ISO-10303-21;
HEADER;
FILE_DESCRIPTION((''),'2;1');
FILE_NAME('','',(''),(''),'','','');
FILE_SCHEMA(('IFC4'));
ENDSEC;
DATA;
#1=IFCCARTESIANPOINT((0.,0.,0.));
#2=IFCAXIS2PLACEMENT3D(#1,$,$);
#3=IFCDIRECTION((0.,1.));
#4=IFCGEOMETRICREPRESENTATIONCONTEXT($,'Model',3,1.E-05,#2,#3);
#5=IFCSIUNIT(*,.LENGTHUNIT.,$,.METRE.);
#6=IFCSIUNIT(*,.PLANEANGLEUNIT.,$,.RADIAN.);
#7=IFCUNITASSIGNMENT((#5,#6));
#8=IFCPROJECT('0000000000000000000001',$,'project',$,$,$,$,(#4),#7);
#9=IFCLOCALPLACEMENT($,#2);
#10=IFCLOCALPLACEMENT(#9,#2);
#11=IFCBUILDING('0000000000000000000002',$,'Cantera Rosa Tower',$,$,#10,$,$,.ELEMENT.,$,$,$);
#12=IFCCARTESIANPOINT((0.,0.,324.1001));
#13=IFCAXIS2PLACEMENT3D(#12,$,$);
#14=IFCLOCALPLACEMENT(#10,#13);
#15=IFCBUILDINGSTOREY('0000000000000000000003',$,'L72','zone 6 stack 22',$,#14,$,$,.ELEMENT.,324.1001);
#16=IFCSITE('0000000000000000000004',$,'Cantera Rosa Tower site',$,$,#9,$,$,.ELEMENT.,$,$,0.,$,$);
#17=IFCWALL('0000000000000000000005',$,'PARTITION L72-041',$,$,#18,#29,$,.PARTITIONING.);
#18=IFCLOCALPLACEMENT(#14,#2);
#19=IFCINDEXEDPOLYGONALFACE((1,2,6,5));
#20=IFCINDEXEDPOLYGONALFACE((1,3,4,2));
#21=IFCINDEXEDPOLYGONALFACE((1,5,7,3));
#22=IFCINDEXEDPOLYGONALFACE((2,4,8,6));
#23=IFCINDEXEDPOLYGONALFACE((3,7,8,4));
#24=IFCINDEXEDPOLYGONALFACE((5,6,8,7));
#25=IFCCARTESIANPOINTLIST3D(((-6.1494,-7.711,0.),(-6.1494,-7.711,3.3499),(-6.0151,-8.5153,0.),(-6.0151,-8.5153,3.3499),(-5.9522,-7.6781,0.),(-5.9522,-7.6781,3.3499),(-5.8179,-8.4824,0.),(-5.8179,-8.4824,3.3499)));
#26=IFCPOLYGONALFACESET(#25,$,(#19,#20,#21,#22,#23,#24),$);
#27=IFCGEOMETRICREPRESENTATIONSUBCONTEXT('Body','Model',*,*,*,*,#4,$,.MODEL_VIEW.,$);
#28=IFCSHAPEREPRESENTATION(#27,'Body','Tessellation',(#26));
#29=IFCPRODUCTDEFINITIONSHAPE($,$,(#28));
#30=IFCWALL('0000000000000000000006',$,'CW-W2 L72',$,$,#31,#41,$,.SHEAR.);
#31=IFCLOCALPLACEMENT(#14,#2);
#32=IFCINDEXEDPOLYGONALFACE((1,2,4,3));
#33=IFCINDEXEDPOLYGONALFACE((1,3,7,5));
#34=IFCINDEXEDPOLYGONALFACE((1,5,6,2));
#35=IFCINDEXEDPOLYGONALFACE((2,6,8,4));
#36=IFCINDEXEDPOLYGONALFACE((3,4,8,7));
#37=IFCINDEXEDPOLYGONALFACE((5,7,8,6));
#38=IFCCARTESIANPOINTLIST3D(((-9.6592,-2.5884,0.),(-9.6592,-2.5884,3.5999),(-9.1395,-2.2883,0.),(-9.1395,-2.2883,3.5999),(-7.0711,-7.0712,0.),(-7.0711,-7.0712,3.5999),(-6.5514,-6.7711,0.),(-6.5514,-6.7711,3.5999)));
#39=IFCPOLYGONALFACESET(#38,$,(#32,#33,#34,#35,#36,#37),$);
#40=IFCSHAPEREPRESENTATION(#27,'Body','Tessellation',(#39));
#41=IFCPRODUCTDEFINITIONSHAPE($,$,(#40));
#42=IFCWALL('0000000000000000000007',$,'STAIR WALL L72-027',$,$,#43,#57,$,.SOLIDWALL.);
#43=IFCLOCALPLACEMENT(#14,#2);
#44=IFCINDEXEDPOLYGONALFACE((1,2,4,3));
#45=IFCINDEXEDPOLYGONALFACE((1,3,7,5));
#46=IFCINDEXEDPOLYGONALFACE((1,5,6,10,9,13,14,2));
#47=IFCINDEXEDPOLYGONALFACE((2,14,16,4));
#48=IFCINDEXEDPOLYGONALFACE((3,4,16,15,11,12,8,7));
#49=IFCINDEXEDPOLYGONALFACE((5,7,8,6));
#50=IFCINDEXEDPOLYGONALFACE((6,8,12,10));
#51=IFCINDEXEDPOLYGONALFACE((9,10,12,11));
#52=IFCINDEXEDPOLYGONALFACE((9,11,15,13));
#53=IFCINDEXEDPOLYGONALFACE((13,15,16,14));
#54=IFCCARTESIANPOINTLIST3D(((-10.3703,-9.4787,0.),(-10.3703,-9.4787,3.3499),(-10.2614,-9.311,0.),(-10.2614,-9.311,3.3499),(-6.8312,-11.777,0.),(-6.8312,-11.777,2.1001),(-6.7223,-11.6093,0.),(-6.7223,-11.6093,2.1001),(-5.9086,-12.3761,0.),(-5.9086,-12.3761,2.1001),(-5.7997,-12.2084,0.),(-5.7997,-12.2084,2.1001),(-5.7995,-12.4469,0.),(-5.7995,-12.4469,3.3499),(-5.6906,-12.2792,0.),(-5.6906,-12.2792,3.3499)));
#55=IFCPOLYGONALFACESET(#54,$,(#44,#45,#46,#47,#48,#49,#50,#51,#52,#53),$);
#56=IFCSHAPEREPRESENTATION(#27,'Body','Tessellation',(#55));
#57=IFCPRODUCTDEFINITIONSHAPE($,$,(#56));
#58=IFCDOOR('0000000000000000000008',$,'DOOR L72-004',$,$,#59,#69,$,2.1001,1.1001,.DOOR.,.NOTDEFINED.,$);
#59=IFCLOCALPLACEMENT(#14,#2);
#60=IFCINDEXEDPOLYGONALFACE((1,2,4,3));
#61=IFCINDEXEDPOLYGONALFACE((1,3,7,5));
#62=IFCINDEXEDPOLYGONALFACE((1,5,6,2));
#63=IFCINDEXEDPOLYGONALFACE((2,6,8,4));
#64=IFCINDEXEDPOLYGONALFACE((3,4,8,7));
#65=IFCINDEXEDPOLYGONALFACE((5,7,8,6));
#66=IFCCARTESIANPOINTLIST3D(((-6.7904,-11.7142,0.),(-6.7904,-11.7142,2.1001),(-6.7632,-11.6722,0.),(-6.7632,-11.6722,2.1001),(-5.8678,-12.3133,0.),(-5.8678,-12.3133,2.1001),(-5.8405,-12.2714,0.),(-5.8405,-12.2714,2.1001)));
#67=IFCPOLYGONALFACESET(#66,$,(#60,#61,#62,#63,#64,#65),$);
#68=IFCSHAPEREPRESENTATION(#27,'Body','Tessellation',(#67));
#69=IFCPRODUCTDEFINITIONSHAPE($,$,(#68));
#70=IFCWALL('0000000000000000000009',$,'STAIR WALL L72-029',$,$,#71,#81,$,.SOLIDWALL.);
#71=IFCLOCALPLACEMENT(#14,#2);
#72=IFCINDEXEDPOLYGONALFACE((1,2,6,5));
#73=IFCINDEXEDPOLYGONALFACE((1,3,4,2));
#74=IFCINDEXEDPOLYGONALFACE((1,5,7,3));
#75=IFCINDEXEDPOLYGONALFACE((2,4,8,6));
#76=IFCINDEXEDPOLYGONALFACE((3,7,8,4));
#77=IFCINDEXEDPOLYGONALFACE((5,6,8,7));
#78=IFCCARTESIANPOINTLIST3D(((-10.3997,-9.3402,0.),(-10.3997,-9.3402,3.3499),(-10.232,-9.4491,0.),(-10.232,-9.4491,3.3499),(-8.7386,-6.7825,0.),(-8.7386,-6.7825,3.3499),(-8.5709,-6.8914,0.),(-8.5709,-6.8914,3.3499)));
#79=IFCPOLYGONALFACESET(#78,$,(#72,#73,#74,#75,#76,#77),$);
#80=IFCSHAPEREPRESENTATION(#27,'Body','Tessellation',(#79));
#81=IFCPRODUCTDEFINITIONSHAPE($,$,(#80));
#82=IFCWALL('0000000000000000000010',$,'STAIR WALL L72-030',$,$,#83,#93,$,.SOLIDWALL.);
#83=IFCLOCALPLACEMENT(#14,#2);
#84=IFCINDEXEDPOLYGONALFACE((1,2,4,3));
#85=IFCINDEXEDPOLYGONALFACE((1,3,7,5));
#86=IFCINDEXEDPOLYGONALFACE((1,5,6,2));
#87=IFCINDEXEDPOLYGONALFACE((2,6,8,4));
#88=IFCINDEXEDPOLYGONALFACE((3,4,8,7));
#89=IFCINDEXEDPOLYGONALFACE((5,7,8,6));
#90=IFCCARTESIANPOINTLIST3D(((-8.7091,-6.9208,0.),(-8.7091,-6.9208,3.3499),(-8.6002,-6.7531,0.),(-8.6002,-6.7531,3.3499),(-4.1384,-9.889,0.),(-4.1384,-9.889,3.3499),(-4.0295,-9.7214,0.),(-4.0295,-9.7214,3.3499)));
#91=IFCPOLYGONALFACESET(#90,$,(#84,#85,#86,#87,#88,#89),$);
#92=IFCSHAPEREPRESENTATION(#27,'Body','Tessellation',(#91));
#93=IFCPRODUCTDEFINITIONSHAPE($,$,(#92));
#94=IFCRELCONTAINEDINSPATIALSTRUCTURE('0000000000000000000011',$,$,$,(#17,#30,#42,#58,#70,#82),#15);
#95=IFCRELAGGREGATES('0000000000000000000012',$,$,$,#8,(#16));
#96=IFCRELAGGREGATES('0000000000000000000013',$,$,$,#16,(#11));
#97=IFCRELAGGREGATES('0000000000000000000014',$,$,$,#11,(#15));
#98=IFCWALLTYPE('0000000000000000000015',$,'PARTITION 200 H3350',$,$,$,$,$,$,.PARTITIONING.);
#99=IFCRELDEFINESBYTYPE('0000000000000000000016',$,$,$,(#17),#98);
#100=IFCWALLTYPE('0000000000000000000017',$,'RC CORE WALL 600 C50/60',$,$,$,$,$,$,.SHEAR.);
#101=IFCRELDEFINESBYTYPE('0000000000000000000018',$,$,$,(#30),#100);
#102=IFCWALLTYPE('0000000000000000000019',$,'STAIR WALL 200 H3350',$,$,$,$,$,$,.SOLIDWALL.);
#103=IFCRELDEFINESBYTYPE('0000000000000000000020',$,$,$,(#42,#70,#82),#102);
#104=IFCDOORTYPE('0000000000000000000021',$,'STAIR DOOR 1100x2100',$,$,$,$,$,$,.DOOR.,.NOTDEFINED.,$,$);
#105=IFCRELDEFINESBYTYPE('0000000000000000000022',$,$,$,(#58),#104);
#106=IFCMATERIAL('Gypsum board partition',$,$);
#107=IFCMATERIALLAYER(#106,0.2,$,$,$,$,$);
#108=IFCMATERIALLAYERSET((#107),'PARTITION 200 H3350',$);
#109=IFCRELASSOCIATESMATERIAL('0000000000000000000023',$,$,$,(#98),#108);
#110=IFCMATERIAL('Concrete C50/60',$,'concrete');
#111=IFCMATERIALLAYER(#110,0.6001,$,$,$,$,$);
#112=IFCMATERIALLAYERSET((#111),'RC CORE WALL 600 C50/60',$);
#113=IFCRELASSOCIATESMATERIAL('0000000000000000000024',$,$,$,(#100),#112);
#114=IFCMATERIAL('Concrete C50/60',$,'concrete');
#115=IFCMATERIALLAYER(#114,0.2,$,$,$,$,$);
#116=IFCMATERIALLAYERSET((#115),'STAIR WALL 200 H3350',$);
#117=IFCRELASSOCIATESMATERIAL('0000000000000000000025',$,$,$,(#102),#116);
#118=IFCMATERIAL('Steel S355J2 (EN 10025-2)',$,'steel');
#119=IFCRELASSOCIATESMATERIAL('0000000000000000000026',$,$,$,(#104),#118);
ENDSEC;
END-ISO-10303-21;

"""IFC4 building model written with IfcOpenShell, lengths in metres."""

from ifc_helpers import new_model, si_unit, direction, frame, frame_2d, origin, place, context, subcontext, project, spatial, rectangle, extrude, material, layer, layer_set, type_object, element, fill, save


model = new_model("IFC4")

# Units and contexts
model_context = context("Model", 3, precision=1e-05, world=origin(), true_north=direction((0.0, 1.0)))
body_context = subcontext(model_context, "Body", "Model", "MODEL_VIEW")
ifc_project = project(units=[si_unit("LENGTHUNIT", "METRE"), si_unit("PLANEANGLEUNIT", "RADIAN")], contexts=[model_context])

# Site, building, storey
site_placement = place(None, origin())
site = spatial("IfcSite", under=ifc_project, at=site_placement, Name="Cantera Rosa Tower site", CompositionType="ELEMENT", RefElevation=0.0)
building_placement = place(site_placement, origin())
building = spatial("IfcBuilding", under=site, at=building_placement, Name="Cantera Rosa Tower", CompositionType="ELEMENT")
storey_placement = place(building_placement, frame((0.0, 0.0, 324.1001)))
storey = spatial("IfcBuildingStorey", under=building, at=storey_placement, Name="L72", Description="zone 6 stack 22", CompositionType="ELEMENT", Elevation=324.1001)

# Walls
ifc_material_1 = material(Name="Gypsum board partition")
ifc_layer_1 = layer(ifc_material_1, 0.2)
ifc_layer_set_1 = layer_set([ifc_layer_1], Name="PARTITION 200 H3350")
wall_type_1 = type_object("IfcWallType", Name="PARTITION 200 H3350", PredefinedType="PARTITIONING", material=ifc_layer_set_1)
wall_1_placement = place(storey_placement, frame((-6.0508, -7.6946, 0.0), z_axis=(0.0, 0.0, 1.0), x_axis=(0.16469, -0.986345, 0.0)))
element("IfcWall", 1, at=wall_1_placement, inside=storey, type_object=wall_type_1, Name="PARTITION L72-041", PredefinedType="PARTITIONING", context=body_context, shape_type="SweptSolid", body=[
    extrude(rectangle(XDim=0.8154, YDim=0.2, at=frame_2d((0.4077, 0.0))), origin(), (0.0, 0.0, 1.0), 3.3499),
])
ifc_material_2 = material(Name="Concrete C50/60", Category="concrete")
ifc_layer_2 = layer(ifc_material_2, 0.6001)
ifc_layer_set_2 = layer_set([ifc_layer_2], Name="RC CORE WALL 600 C50/60")
wall_type_2 = type_object("IfcWallType", Name="RC CORE WALL 600 C50/60", PredefinedType="SHEAR", material=ifc_layer_set_2)
wall_2_placement = place(storey_placement, frame((-6.8113, -6.9211, 0.0), z_axis=(0.0, 0.0, 1.0), x_axis=(-0.499989, 0.866032, 0.0)))
element("IfcWall", 2, at=wall_2_placement, inside=storey, type_object=wall_type_2, Name="CW-W2 L72", PredefinedType="SHEAR", context=body_context, shape_type="SweptSolid", body=[
    extrude(rectangle(XDim=5.1763, YDim=0.6001, at=frame_2d((2.5881, 0.0))), origin(), (0.0, 0.0, 1.0), 3.5999),
])

# Wall, opening, door
ifc_material_3 = material(Name="Concrete C50/60", Category="concrete")
ifc_layer_3 = layer(ifc_material_3, 0.2)
ifc_layer_set_3 = layer_set([ifc_layer_3], Name="STAIR WALL 200 H3350")
wall_type_3 = type_object("IfcWallType", Name="STAIR WALL 200 H3350", PredefinedType="SOLIDWALL", material=ifc_layer_set_3)
wall_3_placement = place(storey_placement, frame((-10.3159, -9.3948, 0.0), z_axis=(0.0, 0.0, 1.0), x_axis=(0.838675, -0.544632, 0.0)))
wall_3 = element("IfcWall", 3, at=wall_3_placement, inside=storey, type_object=wall_type_3, Name="STAIR WALL L72-027", PredefinedType="SOLIDWALL", context=body_context, shape_type="SweptSolid", body=[
    extrude(rectangle(XDim=5.45, YDim=0.2, at=frame_2d((2.7251, 0.0))), origin(), (0.0, 0.0, 1.0), 3.3499),
])
opening_1_placement = place(wall_3_placement, frame((4.22, 0.0, 0.0)))
opening_1 = element("IfcOpeningElement", 4, at=opening_1_placement, cuts=wall_3, PredefinedType="OPENING", context=body_context, shape_type="SweptSolid", body=[
    extrude(rectangle(XDim=1.1001, YDim=2.1001, at=frame_2d((0.55, 1.05))), frame((0.0, 0.1099, 0.0), z_axis=(0.0, -1.0, 0.0), x_axis=(1.0, 0.0, 0.0)), (0.0, 0.0, 1.0), 0.22),
])
ifc_material_4 = material(Name="Steel S355J2 (EN 10025-2)", Category="steel")
door_type_1 = type_object("IfcDoorType", Name="STAIR DOOR 1100x2100", OperationType="NOTDEFINED", PredefinedType="DOOR", material=ifc_material_4)
door_1_placement = place(opening_1_placement, origin())
door_1 = element("IfcDoor", 5, at=door_1_placement, inside=storey, type_object=door_type_1, Name="DOOR L72-004", OperationType="NOTDEFINED", OverallHeight=2.1001, OverallWidth=1.1001, PredefinedType="DOOR", context=body_context, shape_type="SweptSolid", body=[
    extrude(rectangle(XDim=1.1001, YDim=2.1001, at=frame_2d((0.55, 1.05))), frame((0.0, 0.0249, 0.0), z_axis=(0.0, -1.0, 0.0), x_axis=(1.0, 0.0, 0.0)), (0.0, 0.0, 1.0), 0.05),
])
fill(opening_1, door_1)

# Walls
wall_4_placement = place(storey_placement, frame((-8.6548, -6.8369, 0.0), z_axis=(0.0, 0.0, 1.0), x_axis=(-0.544648, -0.838665, 0.0)))
element("IfcWall", 6, at=wall_4_placement, inside=storey, type_object=wall_type_3, Name="STAIR WALL L72-029", PredefinedType="SOLIDWALL", context=body_context, shape_type="SweptSolid", body=[
    extrude(rectangle(XDim=3.0498, YDim=0.2, at=frame_2d((1.5249, 0.0))), origin(), (0.0, 0.0, 1.0), 3.3499),
])
wall_5_placement = place(storey_placement, frame((-8.6548, -6.8369, 0.0), z_axis=(0.0, 0.0, 1.0), x_axis=(0.838675, -0.544632, 0.0)))
element("IfcWall", 7, at=wall_5_placement, inside=storey, type_object=wall_type_3, Name="STAIR WALL L72-030", PredefinedType="SOLIDWALL", context=body_context, shape_type="SweptSolid", body=[
    extrude(rectangle(XDim=5.45, YDim=0.2, at=frame_2d((2.7251, 0.0))), origin(), (0.0, 0.0, 1.0), 3.3499),
])

save(model, "model.ifc")
